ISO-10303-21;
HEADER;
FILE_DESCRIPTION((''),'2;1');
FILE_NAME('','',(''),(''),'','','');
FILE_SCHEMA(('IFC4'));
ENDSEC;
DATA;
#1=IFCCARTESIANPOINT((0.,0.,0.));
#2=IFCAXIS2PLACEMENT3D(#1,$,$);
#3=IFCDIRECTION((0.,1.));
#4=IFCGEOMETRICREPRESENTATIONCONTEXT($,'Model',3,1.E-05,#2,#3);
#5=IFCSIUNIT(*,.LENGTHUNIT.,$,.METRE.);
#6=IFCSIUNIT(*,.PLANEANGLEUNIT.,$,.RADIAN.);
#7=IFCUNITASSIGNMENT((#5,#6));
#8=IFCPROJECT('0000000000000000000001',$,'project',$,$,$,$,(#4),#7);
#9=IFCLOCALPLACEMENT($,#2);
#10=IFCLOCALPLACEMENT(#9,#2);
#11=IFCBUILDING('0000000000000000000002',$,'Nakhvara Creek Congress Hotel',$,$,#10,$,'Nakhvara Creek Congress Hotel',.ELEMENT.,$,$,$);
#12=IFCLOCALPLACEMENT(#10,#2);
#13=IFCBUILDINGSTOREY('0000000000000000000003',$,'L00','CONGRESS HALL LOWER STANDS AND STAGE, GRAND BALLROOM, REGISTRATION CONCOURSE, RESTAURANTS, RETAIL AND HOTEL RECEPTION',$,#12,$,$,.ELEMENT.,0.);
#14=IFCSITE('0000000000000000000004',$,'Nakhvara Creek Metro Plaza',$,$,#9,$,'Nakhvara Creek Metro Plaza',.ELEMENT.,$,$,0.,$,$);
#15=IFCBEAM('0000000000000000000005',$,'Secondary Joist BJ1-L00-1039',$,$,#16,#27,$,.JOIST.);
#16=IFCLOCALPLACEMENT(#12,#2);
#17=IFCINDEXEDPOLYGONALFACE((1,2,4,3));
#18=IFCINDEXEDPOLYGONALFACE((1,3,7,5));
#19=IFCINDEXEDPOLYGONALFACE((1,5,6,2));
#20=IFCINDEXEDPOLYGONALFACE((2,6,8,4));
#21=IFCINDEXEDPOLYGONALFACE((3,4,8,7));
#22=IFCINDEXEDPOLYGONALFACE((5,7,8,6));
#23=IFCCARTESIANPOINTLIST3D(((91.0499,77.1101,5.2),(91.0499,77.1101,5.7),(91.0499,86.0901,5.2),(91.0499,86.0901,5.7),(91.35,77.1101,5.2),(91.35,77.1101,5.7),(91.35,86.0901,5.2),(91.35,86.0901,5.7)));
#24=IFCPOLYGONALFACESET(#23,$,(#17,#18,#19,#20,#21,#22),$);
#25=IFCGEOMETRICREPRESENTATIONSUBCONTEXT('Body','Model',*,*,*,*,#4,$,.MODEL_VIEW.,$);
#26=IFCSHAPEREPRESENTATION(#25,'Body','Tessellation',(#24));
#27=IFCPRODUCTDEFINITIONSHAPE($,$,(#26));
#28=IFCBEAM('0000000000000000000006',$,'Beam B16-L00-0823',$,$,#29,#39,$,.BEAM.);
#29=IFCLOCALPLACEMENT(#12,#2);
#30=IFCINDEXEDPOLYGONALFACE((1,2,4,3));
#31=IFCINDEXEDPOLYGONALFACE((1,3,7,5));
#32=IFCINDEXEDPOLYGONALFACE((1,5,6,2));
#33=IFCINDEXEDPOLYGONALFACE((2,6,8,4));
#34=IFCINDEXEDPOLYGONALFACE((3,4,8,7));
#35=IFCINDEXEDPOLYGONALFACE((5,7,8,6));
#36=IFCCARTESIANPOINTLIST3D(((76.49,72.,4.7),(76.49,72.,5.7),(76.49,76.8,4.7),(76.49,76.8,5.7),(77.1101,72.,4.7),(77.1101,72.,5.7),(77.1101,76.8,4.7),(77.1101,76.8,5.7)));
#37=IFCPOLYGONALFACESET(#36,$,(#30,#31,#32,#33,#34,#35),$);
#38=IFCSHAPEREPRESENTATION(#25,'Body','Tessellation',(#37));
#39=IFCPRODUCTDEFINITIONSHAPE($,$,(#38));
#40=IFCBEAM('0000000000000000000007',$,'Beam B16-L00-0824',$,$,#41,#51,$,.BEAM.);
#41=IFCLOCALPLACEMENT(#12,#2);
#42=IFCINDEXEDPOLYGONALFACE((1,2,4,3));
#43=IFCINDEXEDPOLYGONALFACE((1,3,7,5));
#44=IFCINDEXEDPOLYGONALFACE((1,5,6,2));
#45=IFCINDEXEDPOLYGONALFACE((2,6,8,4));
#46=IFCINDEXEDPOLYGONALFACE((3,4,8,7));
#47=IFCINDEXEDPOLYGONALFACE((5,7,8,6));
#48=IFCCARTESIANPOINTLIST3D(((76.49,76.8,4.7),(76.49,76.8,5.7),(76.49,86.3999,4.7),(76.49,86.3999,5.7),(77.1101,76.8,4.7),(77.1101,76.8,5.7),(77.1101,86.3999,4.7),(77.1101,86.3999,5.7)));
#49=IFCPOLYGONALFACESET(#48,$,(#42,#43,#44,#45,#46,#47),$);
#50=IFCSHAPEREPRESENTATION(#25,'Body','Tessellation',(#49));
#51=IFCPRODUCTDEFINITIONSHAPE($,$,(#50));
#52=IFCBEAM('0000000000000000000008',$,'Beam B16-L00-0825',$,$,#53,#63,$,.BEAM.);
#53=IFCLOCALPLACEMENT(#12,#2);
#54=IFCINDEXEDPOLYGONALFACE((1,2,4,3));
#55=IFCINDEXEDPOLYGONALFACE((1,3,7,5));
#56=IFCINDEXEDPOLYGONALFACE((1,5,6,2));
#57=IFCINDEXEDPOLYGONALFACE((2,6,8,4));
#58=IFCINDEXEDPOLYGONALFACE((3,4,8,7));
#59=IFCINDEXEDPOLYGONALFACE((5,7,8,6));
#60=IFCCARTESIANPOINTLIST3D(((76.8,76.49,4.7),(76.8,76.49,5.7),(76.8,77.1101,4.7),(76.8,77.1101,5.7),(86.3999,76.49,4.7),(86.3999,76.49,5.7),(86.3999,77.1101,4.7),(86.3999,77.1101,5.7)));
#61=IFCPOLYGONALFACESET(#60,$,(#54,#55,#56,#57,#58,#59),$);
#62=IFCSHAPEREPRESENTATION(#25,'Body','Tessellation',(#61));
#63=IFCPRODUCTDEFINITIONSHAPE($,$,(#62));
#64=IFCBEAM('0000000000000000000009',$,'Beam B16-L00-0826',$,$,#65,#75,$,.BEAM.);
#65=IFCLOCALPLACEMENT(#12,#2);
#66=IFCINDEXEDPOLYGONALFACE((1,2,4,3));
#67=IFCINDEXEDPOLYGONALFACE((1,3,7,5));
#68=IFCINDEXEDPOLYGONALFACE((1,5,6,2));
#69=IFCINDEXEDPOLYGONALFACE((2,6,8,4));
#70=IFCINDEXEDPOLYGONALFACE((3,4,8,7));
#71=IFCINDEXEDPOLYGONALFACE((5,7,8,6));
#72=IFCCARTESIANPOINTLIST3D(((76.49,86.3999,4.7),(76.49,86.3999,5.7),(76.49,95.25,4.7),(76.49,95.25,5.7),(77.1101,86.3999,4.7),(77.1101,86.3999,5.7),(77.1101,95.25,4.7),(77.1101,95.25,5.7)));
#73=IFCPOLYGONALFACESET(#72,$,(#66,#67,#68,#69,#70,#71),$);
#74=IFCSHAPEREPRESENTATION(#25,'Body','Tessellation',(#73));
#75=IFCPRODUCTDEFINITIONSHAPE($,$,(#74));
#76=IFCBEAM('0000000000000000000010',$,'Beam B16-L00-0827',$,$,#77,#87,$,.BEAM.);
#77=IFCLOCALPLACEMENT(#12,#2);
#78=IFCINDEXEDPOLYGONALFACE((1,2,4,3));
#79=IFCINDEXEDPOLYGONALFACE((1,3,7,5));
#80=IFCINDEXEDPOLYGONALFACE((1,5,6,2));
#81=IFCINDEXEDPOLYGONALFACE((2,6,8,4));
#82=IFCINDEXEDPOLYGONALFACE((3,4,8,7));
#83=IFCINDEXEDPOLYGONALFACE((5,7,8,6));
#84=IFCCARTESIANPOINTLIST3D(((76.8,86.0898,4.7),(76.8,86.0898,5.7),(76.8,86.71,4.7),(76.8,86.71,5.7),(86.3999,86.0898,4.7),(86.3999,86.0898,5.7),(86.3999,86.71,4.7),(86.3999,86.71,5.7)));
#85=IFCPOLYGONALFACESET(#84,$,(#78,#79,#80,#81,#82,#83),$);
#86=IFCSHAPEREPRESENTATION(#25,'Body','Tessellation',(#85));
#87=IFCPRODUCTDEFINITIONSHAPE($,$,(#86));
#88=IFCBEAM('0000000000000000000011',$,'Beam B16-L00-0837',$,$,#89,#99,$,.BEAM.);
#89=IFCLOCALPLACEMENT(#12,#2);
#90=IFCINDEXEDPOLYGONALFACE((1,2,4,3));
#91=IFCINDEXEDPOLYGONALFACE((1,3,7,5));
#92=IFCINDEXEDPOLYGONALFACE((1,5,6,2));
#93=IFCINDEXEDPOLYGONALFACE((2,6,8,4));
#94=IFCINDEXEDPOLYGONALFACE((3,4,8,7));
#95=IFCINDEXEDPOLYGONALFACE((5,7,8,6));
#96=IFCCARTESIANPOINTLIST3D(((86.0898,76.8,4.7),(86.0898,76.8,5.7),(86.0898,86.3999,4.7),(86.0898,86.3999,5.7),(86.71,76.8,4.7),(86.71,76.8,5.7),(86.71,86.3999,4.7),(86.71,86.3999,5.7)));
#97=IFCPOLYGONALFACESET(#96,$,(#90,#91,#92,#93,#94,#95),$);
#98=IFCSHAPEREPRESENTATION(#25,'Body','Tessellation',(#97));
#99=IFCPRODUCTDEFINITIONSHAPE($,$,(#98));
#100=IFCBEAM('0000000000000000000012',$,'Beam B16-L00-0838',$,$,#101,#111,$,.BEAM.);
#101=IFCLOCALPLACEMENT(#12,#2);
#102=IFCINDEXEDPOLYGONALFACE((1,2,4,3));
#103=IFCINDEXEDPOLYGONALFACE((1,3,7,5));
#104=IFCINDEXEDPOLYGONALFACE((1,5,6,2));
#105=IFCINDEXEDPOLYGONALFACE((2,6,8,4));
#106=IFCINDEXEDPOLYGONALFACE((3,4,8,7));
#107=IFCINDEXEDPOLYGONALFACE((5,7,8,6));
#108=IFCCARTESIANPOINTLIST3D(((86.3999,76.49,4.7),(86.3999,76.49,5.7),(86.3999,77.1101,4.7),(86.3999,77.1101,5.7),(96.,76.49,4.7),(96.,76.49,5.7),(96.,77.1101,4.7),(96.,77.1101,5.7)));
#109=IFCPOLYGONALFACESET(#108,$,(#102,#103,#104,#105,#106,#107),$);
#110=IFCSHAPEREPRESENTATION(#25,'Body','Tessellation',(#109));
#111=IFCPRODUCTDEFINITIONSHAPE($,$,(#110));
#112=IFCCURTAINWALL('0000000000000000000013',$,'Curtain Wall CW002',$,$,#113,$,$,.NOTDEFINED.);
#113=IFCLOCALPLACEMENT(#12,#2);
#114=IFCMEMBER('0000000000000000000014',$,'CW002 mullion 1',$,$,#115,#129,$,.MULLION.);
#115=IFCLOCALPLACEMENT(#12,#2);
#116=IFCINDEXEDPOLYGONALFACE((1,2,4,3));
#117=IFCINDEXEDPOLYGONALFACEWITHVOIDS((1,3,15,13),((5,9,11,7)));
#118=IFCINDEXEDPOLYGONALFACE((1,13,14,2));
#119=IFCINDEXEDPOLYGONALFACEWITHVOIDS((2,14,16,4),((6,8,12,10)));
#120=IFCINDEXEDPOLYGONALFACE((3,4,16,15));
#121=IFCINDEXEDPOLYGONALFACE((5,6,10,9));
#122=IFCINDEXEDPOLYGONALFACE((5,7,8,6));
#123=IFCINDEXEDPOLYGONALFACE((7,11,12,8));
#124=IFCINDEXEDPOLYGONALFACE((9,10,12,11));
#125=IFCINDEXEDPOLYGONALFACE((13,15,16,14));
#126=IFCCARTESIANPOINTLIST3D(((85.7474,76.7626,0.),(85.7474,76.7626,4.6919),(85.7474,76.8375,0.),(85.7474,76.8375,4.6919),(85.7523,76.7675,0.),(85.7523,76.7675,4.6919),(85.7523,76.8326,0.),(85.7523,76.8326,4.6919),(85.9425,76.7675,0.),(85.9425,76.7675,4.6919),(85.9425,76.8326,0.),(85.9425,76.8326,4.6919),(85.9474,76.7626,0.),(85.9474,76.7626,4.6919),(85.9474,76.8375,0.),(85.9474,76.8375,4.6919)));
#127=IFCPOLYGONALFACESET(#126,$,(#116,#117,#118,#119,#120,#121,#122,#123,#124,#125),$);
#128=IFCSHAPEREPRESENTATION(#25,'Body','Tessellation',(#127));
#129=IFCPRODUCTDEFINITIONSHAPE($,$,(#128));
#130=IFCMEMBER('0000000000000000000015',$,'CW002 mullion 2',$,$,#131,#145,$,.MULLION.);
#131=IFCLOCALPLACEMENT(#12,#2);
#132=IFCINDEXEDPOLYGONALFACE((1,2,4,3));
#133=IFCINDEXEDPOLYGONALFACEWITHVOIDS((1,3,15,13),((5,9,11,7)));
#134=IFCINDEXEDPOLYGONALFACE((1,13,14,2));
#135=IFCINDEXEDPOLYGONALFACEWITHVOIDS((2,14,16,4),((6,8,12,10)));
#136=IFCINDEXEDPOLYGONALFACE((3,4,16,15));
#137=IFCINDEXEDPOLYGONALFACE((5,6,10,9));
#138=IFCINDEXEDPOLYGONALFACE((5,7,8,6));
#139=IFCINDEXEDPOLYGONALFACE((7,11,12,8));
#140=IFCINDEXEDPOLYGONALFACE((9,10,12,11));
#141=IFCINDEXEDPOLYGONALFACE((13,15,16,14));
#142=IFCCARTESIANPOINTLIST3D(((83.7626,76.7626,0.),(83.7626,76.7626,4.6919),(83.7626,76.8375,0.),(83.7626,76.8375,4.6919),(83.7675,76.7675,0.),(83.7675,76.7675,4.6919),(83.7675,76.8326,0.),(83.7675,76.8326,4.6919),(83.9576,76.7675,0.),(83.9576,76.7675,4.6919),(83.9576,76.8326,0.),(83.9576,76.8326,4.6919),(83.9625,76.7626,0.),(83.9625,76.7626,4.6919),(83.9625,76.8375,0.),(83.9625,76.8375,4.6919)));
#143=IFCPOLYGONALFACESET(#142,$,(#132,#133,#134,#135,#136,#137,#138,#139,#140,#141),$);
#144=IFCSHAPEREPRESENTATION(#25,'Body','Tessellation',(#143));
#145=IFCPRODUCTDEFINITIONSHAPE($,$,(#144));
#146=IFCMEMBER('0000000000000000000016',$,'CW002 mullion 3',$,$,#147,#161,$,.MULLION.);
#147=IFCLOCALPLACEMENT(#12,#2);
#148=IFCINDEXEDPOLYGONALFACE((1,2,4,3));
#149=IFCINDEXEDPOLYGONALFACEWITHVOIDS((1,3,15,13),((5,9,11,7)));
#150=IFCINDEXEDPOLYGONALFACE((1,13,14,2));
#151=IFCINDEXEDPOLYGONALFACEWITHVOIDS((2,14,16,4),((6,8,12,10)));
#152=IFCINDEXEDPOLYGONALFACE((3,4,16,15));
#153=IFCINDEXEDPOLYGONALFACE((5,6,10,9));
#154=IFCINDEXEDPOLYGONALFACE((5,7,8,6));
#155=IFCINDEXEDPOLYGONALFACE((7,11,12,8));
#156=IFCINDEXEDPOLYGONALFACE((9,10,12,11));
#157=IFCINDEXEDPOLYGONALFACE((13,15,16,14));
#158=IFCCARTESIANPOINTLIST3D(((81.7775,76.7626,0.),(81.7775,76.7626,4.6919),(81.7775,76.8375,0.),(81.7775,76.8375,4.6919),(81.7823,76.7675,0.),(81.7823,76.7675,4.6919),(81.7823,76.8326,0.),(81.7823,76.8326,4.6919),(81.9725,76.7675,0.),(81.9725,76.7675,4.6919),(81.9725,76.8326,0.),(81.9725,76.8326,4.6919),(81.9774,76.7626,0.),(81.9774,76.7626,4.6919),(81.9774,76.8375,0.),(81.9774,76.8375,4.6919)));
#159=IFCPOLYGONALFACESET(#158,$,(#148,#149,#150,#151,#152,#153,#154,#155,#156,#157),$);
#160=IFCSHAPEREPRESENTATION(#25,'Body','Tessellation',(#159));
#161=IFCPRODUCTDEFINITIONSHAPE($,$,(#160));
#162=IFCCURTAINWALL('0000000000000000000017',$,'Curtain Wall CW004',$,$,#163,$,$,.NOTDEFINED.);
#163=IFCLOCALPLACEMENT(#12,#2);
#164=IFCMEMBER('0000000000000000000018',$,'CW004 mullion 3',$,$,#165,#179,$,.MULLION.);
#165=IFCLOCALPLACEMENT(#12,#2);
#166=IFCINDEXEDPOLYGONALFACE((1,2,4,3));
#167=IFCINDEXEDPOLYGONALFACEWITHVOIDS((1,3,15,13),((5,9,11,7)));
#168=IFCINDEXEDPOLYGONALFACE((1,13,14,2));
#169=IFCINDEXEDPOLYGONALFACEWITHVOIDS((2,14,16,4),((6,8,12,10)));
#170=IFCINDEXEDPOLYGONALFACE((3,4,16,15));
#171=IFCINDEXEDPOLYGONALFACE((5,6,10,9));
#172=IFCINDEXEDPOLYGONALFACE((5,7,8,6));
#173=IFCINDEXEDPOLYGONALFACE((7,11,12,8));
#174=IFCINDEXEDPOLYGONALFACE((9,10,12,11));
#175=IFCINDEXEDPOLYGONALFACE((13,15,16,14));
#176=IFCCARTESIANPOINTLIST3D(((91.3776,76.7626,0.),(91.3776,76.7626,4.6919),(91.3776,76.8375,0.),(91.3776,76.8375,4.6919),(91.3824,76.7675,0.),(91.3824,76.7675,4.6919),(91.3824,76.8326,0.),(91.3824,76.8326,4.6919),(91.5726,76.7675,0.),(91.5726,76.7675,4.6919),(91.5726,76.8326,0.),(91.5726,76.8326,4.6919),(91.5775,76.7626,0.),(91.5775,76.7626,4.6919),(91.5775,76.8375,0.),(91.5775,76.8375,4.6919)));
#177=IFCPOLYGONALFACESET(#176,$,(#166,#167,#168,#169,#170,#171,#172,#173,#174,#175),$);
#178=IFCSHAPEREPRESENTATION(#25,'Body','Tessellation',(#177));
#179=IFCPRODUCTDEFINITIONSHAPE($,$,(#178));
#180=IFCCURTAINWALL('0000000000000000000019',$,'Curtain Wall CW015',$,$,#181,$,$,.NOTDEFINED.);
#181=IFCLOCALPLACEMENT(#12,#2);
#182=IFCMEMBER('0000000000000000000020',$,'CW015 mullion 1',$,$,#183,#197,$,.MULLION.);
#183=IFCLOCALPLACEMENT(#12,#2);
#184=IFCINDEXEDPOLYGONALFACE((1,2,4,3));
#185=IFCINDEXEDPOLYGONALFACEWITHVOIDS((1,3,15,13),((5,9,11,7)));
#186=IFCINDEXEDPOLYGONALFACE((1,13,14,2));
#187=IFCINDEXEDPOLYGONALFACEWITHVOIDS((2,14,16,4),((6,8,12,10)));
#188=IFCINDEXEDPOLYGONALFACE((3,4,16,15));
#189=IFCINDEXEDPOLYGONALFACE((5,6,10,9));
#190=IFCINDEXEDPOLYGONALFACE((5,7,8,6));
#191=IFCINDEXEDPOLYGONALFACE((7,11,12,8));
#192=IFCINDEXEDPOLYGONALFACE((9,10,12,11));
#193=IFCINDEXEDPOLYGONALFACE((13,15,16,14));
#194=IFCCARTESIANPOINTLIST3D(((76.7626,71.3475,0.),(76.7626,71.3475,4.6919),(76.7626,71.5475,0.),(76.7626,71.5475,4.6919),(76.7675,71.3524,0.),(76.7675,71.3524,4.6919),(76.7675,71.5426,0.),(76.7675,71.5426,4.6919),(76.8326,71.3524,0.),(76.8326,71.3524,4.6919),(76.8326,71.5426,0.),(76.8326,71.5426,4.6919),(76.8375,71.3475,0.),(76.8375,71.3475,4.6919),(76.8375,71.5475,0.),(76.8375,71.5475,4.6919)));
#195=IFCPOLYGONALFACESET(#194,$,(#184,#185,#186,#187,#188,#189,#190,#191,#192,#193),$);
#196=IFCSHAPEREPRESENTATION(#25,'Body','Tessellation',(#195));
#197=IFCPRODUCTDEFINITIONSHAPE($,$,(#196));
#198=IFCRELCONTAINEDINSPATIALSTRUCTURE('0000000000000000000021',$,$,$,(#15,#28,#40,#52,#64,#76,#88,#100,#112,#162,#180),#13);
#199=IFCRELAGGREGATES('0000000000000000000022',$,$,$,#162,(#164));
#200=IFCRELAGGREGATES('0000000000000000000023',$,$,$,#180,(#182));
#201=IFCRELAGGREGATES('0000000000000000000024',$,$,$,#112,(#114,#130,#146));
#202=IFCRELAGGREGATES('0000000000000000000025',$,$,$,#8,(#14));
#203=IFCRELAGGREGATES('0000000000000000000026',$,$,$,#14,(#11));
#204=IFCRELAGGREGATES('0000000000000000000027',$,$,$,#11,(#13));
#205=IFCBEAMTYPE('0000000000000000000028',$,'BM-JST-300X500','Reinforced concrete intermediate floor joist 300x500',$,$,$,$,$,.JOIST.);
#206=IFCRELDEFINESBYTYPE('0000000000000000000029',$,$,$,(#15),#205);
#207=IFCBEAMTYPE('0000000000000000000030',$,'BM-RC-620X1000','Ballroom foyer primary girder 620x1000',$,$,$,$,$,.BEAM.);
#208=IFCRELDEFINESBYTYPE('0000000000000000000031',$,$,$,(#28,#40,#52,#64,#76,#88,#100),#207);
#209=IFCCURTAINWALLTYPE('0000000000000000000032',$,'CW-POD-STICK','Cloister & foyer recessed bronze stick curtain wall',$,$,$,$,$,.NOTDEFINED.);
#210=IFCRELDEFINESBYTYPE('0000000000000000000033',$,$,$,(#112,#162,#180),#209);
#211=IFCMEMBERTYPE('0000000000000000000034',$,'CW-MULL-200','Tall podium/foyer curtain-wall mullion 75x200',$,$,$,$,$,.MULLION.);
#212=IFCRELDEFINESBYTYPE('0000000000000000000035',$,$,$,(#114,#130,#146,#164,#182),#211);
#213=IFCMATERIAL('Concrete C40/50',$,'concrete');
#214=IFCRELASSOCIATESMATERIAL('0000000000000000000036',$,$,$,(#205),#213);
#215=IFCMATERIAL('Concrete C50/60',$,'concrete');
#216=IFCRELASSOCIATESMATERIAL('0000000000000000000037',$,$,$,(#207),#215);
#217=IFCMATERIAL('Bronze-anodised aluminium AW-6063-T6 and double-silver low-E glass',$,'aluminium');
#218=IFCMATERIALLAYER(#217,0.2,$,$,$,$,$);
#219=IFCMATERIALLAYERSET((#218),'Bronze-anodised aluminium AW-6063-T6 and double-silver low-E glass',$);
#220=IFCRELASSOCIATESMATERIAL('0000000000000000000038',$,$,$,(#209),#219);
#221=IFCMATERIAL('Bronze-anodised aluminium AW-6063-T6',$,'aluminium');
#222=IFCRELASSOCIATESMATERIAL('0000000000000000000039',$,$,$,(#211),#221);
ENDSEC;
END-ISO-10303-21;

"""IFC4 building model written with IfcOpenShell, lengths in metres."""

from ifc_helpers import new_model, si_unit, direction, frame, origin, origin_2d, place, context, subcontext, project, spatial, rectangle, hollow_rectangle, extrude, material, layer, layer_set, material_profile, profile_set, type_object, element, aggregate, save


model = new_model("IFC4")

# Units and contexts
model_context = context("Model", 3, precision=1e-05, world=origin(), true_north=direction((0.0, 1.0)))
body_context = subcontext(model_context, "Body", "Model", "MODEL_VIEW")
ifc_project = project(units=[si_unit("LENGTHUNIT", "METRE"), si_unit("PLANEANGLEUNIT", "RADIAN")], contexts=[model_context])

# Site, building, storey
site_placement = place(None, origin())
site = spatial("IfcSite", under=ifc_project, at=site_placement, Name="Nakhvara Creek Metro Plaza", LongName="Nakhvara Creek Metro Plaza", CompositionType="ELEMENT", RefElevation=0.0)
building_placement = place(site_placement, origin())
building = spatial("IfcBuilding", under=site, at=building_placement, Name="Nakhvara Creek Congress Hotel", LongName="Nakhvara Creek Congress Hotel", CompositionType="ELEMENT")
storey_placement = place(building_placement, origin())
storey = spatial("IfcBuildingStorey", under=building, at=storey_placement, Name="L00", Description="CONGRESS HALL LOWER STANDS AND STAGE, GRAND BALLROOM, REGISTRATION CONCOURSE, RESTAURANTS, RETAIL AND HOTEL RECEPTION", CompositionType="ELEMENT", Elevation=0.0)

# Shared definitions
ifc_material_1 = material(Name="Concrete C50/60", Category="concrete")

# Beams
ifc_material_2 = material(Name="Concrete C40/50", Category="concrete")
ifc_material_profile_1 = material_profile(ifc_material_2, rectangle(XDim=0.3, YDim=0.5, at=origin_2d()), Name="RC-BM 300x500", Category="LoadBearing")
ifc_profile_set_1 = profile_set([ifc_material_profile_1], Name="Concrete C40/50")
beam_type_1 = type_object("IfcBeamType", Name="BM-JST-300X500", Description="Reinforced concrete intermediate floor joist 300x500", PredefinedType="JOIST", material=ifc_profile_set_1)
for number, where, z_axis, x_axis, name in (
    (1, (91.2, 77.1101, 5.45), (0.0, 1.0, 0.0), (-1.0, 0.0, 0.0), "Secondary Joist BJ1-L00-1039"),
):
    element("IfcBeam", number, at=place(storey_placement, frame(where, z_axis=z_axis, x_axis=x_axis)), inside=storey, type_object=beam_type_1, Name=name, PredefinedType="JOIST", context=body_context, shape_type="SweptSolid", body=[
        extrude(rectangle(XDim=0.3, YDim=0.5, at=origin_2d()), origin(), (0.0, 0.0, 1.0), 8.98),
    ])
ifc_material_profile_2 = material_profile(ifc_material_1, rectangle(XDim=0.6201, YDim=1.0, at=origin_2d()), Name="RC-BM 620x1000", Category="LoadBearing")
ifc_profile_set_2 = profile_set([ifc_material_profile_2], Name="Concrete C50/60")
beam_type_2 = type_object("IfcBeamType", Name="BM-RC-620X1000", Description="Ballroom foyer primary girder 620x1000", PredefinedType="BEAM", material=ifc_profile_set_2)
beam_1_placement = place(storey_placement, frame((76.8, 72.0, 5.2), z_axis=(0.0, 1.0, 0.0), x_axis=(-1.0, 0.0, 0.0)))
element("IfcBeam", 2, at=beam_1_placement, inside=storey, type_object=beam_type_2, Name="Beam B16-L00-0823", PredefinedType="BEAM", context=body_context, shape_type="SweptSolid", body=[
    extrude(rectangle(XDim=0.6201, YDim=1.0, at=origin_2d()), origin(), (0.0, 0.0, 1.0), 4.8),
])
for number, where, z_axis, x_axis, name in (
    (3, (76.8, 76.8, 5.2), (0.0, 1.0, 0.0), (-1.0, 0.0, 0.0), "Beam B16-L00-0824"),
    (4, (76.8, 76.8, 5.2), (1.0, 0.0, 0.0), (0.0, 1.0, 0.0), "Beam B16-L00-0825"),
):
    element("IfcBeam", number, at=place(storey_placement, frame(where, z_axis=z_axis, x_axis=x_axis)), inside=storey, type_object=beam_type_2, Name=name, PredefinedType="BEAM", context=body_context, shape_type="SweptSolid", body=[
        extrude(rectangle(XDim=0.6201, YDim=1.0, at=origin_2d()), origin(), (0.0, 0.0, 1.0), 9.5999),
    ])
beam_2_placement = place(storey_placement, frame((76.8, 86.3999, 5.2), z_axis=(0.0, 1.0, 0.0), x_axis=(-1.0, 0.0, 0.0)))
element("IfcBeam", 5, at=beam_2_placement, inside=storey, type_object=beam_type_2, Name="Beam B16-L00-0826", PredefinedType="BEAM", context=body_context, shape_type="SweptSolid", body=[
    extrude(rectangle(XDim=0.6201, YDim=1.0, at=origin_2d()), origin(), (0.0, 0.0, 1.0), 8.8501),
])
for number, where, z_axis, x_axis, name in (
    (6, (76.8, 86.3999, 5.2), (1.0, 0.0, 0.0), (0.0, 1.0, 0.0), "Beam B16-L00-0827"),
    (7, (86.3999, 76.8, 5.2), (0.0, 1.0, 0.0), (-1.0, 0.0, 0.0), "Beam B16-L00-0837"),
):
    element("IfcBeam", number, at=place(storey_placement, frame(where, z_axis=z_axis, x_axis=x_axis)), inside=storey, type_object=beam_type_2, Name=name, PredefinedType="BEAM", context=body_context, shape_type="SweptSolid", body=[
        extrude(rectangle(XDim=0.6201, YDim=1.0, at=origin_2d()), origin(), (0.0, 0.0, 1.0), 9.5999),
    ])
beam_3_placement = place(storey_placement, frame((86.3999, 76.8, 5.2), z_axis=(1.0, 0.0, 0.0), x_axis=(0.0, 1.0, 0.0)))
element("IfcBeam", 8, at=beam_3_placement, inside=storey, type_object=beam_type_2, Name="Beam B16-L00-0838", PredefinedType="BEAM", context=body_context, shape_type="SweptSolid", body=[
    extrude(rectangle(XDim=0.6201, YDim=1.0, at=origin_2d()), origin(), (0.0, 0.0, 1.0), 9.6001),
])

# Curtain wall, members
ifc_material_3 = material(Name="Bronze-anodised aluminium AW-6063-T6 and double-silver low-E glass", Category="aluminium")
ifc_layer = layer(ifc_material_3, 0.2)
ifc_layer_set = layer_set([ifc_layer], Name="Bronze-anodised aluminium AW-6063-T6 and double-silver low-E glass")
curtain_wall_type = type_object("IfcCurtainWallType", Name="CW-POD-STICK", Description="Cloister & foyer recessed bronze stick curtain wall", PredefinedType="NOTDEFINED", material=ifc_layer_set)
curtain_wall_1_placement = place(storey_placement, origin())
curtain_wall_1 = element("IfcCurtainWall", 9, at=curtain_wall_1_placement, inside=storey, type_object=curtain_wall_type, Name="Curtain Wall CW002", PredefinedType="NOTDEFINED")
ifc_material_4 = material(Name="Bronze-anodised aluminium AW-6063-T6", Category="aluminium")
ifc_material_profile_3 = material_profile(ifc_material_4, hollow_rectangle(XDim=0.075, YDim=0.2, WallThickness=0.0049, at=origin_2d()), Name="ALU-MULL 75x200x5", Category="LoadBearing")
ifc_profile_set_3 = profile_set([ifc_material_profile_3], Name="Bronze-anodised aluminium AW-6063-T6")
member_type_1 = type_object("IfcMemberType", Name="CW-MULL-200", Description="Tall podium/foyer curtain-wall mullion 75x200", PredefinedType="MULLION", material=ifc_profile_set_3)
member_1_placement = place(storey_placement, frame((85.8474, 76.8, 0.0), z_axis=(0.0, 0.0, 1.0), x_axis=(0.0, -1.0, 0.0)))
member_1 = element("IfcMember", 10, at=member_1_placement, type_object=member_type_1, Name="CW002 mullion 1", PredefinedType="MULLION", context=body_context, shape_type="SweptSolid", body=[
    extrude(hollow_rectangle(XDim=0.075, YDim=0.2, WallThickness=0.0049, at=origin_2d()), origin(), (0.0, 0.0, 1.0), 4.6919),
])
member_2_placement = place(storey_placement, frame((83.8625, 76.8, 0.0), z_axis=(0.0, 0.0, 1.0), x_axis=(0.0, -1.0, 0.0)))
member_2 = element("IfcMember", 11, at=member_2_placement, type_object=member_type_1, Name="CW002 mullion 2", PredefinedType="MULLION", context=body_context, shape_type="SweptSolid", body=[
    extrude(hollow_rectangle(XDim=0.075, YDim=0.2, WallThickness=0.0049, at=origin_2d()), origin(), (0.0, 0.0, 1.0), 4.6919),
])
member_3_placement = place(storey_placement, frame((81.8774, 76.8, 0.0), z_axis=(0.0, 0.0, 1.0), x_axis=(0.0, -1.0, 0.0)))
member_3 = element("IfcMember", 12, at=member_3_placement, type_object=member_type_1, Name="CW002 mullion 3", PredefinedType="MULLION", context=body_context, shape_type="SweptSolid", body=[
    extrude(hollow_rectangle(XDim=0.075, YDim=0.2, WallThickness=0.0049, at=origin_2d()), origin(), (0.0, 0.0, 1.0), 4.6919),
])

# Curtain walls, members
curtain_wall_2_placement = place(storey_placement, origin())
curtain_wall_2 = element("IfcCurtainWall", 13, at=curtain_wall_2_placement, inside=storey, type_object=curtain_wall_type, Name="Curtain Wall CW004", PredefinedType="NOTDEFINED")
member_4_placement = place(storey_placement, frame((91.4775, 76.8, 0.0), z_axis=(0.0, 0.0, 1.0), x_axis=(0.0, -1.0, 0.0)))
member_4 = element("IfcMember", 14, at=member_4_placement, type_object=member_type_1, Name="CW004 mullion 3", PredefinedType="MULLION", context=body_context, shape_type="SweptSolid", body=[
    extrude(hollow_rectangle(XDim=0.075, YDim=0.2, WallThickness=0.0049, at=origin_2d()), origin(), (0.0, 0.0, 1.0), 4.6919),
])
aggregate(curtain_wall_2, [member_4])
curtain_wall_3_placement = place(storey_placement, origin())
curtain_wall_3 = element("IfcCurtainWall", 15, at=curtain_wall_3_placement, inside=storey, type_object=curtain_wall_type, Name="Curtain Wall CW015", PredefinedType="NOTDEFINED")
member_5_placement = place(storey_placement, frame((76.8, 71.4475, 0.0), z_axis=(0.0, 0.0, 1.0), x_axis=(1.0, 0.0, 0.0)))
member_5 = element("IfcMember", 16, at=member_5_placement, type_object=member_type_1, Name="CW015 mullion 1", PredefinedType="MULLION", context=body_context, shape_type="SweptSolid", body=[
    extrude(hollow_rectangle(XDim=0.075, YDim=0.2, WallThickness=0.0049, at=origin_2d()), origin(), (0.0, 0.0, 1.0), 4.6919),
])

aggregate(curtain_wall_3, [member_5])

aggregate(curtain_wall_1, [member_1, member_2, member_3])

save(model, "model.ifc")
